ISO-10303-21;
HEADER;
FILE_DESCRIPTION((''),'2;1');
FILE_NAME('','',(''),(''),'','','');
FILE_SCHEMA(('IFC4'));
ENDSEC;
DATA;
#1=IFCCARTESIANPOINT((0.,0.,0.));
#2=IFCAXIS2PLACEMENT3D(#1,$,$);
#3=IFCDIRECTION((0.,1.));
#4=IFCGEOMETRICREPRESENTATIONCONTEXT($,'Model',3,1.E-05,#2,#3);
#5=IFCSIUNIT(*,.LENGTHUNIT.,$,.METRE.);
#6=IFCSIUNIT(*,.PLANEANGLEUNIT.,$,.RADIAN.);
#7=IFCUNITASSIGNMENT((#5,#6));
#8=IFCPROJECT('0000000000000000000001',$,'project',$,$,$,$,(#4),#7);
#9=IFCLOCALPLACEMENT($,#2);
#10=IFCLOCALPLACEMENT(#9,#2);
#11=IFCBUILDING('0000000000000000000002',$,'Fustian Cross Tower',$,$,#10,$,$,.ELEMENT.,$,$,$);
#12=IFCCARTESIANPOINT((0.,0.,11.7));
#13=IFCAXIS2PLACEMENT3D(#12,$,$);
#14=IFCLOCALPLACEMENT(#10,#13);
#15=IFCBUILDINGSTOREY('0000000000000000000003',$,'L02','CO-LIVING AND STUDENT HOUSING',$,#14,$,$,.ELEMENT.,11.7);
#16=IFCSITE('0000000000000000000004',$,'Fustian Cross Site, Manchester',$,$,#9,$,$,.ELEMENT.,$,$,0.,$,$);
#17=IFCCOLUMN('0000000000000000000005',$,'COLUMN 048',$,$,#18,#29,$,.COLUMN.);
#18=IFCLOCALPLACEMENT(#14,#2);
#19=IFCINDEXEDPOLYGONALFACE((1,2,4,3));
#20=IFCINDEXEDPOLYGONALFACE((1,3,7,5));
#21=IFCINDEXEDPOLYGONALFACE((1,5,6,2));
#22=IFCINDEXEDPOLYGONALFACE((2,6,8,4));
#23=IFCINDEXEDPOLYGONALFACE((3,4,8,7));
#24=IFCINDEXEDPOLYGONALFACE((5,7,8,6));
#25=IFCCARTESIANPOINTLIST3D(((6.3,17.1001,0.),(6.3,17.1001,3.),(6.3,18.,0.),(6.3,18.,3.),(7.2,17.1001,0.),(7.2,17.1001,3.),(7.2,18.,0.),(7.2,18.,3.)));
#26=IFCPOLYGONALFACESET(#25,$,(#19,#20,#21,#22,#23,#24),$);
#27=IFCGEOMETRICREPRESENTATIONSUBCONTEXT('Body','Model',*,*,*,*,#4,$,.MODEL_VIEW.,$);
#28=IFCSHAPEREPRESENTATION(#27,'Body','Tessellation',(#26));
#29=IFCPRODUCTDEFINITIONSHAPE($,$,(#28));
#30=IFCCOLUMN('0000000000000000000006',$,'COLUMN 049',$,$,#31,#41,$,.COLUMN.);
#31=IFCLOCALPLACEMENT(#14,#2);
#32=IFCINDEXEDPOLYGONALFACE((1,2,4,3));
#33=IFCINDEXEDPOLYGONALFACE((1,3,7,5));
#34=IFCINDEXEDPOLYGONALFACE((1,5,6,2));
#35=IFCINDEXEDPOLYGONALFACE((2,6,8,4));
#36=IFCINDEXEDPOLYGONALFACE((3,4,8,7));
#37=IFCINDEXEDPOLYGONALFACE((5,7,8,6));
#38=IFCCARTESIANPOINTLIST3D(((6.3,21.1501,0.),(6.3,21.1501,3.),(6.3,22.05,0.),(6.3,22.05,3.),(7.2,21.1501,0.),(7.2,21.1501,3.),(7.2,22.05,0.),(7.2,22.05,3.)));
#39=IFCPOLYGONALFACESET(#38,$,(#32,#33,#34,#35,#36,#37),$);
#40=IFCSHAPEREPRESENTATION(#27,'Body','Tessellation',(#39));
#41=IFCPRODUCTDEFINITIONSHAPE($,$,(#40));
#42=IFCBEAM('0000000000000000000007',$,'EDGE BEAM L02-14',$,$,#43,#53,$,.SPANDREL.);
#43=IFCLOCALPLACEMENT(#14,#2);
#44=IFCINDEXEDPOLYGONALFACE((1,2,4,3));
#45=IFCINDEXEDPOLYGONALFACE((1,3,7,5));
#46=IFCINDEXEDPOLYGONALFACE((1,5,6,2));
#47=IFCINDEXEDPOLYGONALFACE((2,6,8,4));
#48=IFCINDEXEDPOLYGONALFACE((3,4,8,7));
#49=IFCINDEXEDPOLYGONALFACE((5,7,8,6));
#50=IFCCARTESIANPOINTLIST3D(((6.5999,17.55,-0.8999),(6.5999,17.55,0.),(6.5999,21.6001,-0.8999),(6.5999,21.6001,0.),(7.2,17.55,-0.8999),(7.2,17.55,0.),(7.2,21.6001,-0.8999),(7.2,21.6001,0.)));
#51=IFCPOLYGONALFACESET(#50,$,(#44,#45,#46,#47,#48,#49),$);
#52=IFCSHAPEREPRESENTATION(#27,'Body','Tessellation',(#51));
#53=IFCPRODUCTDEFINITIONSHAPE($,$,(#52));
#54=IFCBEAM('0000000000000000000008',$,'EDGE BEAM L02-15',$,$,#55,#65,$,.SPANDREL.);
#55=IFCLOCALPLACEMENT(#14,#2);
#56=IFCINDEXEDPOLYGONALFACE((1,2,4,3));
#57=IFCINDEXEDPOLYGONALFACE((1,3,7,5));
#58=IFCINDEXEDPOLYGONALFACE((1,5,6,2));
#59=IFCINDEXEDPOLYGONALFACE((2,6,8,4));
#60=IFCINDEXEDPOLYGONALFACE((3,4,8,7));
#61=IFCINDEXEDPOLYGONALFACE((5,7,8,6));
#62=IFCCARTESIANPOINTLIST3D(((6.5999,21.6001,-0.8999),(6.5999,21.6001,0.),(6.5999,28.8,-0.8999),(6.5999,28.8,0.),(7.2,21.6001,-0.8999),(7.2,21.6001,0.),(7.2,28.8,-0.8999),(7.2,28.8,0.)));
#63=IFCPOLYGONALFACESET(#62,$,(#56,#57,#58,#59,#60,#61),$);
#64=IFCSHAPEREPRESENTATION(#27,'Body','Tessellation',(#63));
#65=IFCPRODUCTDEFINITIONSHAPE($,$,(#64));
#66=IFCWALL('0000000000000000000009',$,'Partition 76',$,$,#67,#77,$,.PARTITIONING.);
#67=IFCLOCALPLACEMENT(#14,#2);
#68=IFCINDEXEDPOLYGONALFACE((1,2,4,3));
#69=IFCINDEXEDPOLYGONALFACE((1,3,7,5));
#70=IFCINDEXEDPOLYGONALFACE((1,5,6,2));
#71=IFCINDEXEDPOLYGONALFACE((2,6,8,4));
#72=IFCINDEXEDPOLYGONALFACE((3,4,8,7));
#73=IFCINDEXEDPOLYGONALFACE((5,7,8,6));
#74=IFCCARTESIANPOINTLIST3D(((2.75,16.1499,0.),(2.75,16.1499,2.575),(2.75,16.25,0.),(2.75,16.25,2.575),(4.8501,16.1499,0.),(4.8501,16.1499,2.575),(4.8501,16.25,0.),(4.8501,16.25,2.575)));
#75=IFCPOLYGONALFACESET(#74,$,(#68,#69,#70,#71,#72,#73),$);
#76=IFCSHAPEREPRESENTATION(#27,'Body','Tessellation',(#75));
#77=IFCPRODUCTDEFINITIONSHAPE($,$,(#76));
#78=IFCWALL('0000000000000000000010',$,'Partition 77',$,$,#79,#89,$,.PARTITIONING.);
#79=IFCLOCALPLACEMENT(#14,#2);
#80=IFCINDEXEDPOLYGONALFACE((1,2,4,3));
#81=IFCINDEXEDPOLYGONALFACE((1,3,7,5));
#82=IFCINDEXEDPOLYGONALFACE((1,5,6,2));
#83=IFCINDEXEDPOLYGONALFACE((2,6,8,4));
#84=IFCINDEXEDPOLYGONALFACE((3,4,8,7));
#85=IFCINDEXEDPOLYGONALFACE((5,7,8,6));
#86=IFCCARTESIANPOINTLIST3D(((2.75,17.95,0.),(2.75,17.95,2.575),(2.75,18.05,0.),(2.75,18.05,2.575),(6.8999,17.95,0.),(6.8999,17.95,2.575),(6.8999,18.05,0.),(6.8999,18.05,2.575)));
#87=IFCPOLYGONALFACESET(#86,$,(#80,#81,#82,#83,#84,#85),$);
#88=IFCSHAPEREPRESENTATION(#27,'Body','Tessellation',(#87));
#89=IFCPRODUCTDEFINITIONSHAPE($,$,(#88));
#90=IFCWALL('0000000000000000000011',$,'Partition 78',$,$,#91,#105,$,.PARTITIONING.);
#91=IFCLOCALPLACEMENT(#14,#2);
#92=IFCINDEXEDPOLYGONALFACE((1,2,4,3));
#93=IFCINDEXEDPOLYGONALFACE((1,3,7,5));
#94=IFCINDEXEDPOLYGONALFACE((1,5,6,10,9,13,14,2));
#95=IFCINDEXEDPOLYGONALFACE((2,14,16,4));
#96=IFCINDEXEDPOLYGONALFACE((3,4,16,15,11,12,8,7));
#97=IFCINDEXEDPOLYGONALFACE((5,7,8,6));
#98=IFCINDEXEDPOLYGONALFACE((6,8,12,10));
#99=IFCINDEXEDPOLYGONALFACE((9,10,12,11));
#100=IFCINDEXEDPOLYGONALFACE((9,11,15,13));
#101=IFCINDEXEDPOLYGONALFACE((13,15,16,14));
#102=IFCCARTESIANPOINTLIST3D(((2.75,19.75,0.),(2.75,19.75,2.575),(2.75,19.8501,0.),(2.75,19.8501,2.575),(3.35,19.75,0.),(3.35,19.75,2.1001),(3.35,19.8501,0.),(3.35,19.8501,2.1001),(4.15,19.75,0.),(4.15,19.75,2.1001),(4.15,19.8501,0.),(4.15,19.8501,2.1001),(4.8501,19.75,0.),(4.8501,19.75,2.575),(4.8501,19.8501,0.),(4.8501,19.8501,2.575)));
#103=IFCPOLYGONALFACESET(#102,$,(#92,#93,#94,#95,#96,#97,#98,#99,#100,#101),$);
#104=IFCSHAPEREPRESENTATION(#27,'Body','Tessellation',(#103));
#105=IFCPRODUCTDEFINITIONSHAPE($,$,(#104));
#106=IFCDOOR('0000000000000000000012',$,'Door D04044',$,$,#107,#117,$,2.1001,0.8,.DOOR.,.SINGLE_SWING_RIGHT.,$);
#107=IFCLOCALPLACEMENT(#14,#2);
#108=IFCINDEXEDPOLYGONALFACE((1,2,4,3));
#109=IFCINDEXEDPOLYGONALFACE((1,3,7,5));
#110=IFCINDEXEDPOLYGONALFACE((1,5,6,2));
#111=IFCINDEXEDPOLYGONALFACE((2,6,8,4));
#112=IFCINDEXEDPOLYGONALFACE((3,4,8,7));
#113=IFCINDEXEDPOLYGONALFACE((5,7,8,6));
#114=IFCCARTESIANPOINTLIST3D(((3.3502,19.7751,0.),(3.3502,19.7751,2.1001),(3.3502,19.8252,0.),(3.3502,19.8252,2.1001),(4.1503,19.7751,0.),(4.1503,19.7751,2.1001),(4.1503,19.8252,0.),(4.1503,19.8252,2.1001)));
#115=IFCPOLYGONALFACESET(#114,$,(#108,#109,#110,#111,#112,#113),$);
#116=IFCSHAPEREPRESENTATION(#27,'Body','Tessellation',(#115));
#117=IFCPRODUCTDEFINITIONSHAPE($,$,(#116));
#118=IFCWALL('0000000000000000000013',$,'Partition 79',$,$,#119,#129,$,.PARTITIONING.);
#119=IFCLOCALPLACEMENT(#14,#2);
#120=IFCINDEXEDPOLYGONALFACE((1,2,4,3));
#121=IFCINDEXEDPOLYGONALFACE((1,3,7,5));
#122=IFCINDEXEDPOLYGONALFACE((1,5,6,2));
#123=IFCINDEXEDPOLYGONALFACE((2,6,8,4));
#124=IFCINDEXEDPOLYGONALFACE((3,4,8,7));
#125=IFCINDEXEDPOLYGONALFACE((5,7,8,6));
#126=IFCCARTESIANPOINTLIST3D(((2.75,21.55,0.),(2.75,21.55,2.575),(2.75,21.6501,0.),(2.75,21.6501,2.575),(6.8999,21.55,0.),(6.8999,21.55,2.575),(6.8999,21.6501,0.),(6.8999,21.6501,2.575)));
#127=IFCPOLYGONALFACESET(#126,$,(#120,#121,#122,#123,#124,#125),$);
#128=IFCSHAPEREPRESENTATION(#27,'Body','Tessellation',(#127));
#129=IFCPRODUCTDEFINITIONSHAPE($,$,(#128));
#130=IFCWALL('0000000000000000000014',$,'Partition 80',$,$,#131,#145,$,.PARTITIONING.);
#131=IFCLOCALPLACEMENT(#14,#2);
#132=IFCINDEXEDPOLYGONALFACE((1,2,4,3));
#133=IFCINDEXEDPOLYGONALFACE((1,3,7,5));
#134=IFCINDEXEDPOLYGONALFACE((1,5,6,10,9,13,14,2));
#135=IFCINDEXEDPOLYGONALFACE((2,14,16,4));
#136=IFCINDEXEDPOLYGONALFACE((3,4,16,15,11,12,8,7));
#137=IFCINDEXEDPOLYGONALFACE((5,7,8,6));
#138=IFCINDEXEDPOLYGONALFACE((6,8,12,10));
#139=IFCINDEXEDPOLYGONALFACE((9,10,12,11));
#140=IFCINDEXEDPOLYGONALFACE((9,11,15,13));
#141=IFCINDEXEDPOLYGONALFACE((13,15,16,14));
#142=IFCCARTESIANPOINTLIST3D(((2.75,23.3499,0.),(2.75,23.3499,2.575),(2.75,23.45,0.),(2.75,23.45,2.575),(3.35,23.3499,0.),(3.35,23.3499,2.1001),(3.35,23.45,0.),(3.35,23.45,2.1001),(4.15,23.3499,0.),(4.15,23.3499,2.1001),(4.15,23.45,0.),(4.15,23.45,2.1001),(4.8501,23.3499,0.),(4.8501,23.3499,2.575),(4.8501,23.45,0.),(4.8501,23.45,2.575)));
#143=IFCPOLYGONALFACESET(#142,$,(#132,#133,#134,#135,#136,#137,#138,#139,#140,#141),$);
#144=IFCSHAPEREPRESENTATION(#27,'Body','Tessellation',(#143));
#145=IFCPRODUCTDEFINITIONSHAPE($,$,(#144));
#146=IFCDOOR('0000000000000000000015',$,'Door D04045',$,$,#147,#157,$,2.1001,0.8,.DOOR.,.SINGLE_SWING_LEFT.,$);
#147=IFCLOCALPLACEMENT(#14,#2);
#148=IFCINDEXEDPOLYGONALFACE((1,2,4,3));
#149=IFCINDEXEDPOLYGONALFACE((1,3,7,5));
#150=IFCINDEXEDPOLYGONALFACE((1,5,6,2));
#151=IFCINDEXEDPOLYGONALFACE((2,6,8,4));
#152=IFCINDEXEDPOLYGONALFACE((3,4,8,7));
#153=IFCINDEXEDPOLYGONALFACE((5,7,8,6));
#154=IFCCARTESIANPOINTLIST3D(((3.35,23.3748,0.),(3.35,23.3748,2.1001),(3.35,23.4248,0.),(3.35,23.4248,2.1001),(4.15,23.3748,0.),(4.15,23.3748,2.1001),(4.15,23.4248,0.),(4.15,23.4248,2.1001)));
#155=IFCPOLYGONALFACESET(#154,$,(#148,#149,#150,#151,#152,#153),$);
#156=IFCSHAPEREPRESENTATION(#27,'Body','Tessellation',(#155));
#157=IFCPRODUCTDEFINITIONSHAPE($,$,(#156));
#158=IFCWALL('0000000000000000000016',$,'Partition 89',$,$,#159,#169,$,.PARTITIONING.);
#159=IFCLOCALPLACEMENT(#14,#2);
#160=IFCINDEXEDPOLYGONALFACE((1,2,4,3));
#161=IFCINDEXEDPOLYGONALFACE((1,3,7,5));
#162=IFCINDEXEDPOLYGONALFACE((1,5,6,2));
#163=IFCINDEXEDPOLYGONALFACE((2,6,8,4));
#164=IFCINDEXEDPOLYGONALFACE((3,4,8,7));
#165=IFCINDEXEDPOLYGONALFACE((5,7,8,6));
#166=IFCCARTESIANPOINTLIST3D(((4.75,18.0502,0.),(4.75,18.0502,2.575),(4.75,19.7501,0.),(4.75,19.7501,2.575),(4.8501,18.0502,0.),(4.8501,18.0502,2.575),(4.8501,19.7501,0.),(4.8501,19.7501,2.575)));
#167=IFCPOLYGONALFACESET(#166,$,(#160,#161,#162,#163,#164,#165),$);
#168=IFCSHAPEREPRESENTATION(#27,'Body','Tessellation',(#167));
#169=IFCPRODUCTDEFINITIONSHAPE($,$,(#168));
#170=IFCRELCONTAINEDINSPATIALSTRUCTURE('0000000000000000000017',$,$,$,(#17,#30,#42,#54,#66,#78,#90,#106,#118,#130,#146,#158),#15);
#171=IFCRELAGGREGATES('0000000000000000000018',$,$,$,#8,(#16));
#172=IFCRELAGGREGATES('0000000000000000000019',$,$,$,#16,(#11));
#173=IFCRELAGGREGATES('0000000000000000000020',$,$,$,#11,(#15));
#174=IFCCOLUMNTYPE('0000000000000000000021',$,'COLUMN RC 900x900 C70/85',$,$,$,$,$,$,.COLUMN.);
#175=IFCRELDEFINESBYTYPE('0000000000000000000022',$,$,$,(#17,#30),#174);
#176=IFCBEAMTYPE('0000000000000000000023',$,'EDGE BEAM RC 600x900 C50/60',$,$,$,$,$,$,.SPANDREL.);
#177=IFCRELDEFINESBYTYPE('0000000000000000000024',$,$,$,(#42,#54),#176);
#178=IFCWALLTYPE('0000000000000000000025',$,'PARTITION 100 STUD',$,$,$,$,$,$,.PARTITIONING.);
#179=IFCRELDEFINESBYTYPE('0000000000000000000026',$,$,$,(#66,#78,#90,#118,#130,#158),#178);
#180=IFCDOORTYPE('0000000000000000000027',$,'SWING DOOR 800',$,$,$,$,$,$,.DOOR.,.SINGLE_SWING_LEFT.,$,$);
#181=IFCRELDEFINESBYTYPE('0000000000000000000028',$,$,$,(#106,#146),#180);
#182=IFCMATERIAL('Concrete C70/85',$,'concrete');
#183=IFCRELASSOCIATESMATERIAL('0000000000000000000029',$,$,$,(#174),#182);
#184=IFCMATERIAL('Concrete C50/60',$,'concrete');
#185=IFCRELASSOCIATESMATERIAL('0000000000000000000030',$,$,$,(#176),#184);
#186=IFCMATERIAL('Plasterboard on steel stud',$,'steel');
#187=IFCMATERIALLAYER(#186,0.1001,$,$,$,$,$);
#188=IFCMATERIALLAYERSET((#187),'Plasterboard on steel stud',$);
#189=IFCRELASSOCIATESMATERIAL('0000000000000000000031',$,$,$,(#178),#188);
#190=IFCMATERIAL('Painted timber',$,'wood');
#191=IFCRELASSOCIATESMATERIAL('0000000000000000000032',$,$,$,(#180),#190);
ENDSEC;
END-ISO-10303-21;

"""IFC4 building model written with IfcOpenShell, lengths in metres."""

from ifc_helpers import new_model, si_unit, direction, frame, frame_2d, origin, origin_2d, place, context, subcontext, project, spatial, rectangle, extrude, material, layer, layer_set, material_profile, profile_set, type_object, element, fill, save


model = new_model("IFC4")

# Units and contexts
model_context = context("Model", 3, precision=1e-05, world=origin(), true_north=direction((0.0, 1.0)))
body_context = subcontext(model_context, "Body", "Model", "MODEL_VIEW")
ifc_project = project(units=[si_unit("LENGTHUNIT", "METRE"), si_unit("PLANEANGLEUNIT", "RADIAN")], contexts=[model_context])

# Site, building, storey
site_placement = place(None, origin())
site = spatial("IfcSite", under=ifc_project, at=site_placement, Name="Fustian Cross Site, Manchester", CompositionType="ELEMENT", RefElevation=0.0)
building_placement = place(site_placement, origin())
building = spatial("IfcBuilding", under=site, at=building_placement, Name="Fustian Cross Tower", CompositionType="ELEMENT")
storey_placement = place(building_placement, frame((0.0, 0.0, 11.7)))
storey = spatial("IfcBuildingStorey", under=building, at=storey_placement, Name="L02", Description="CO-LIVING AND STUDENT HOUSING", CompositionType="ELEMENT", Elevation=11.7)

# Columns
ifc_material_1 = material(Name="Concrete C70/85", Category="concrete")
ifc_material_profile_1 = material_profile(ifc_material_1, rectangle(XDim=0.8999, YDim=0.8999, at=origin_2d()), Name="RC 900x900")
ifc_profile_set_1 = profile_set([ifc_material_profile_1], Name="Concrete C70/85")
column_type = type_object("IfcColumnType", Name="COLUMN RC 900x900 C70/85", PredefinedType="COLUMN", material=ifc_profile_set_1)
for number, where, z_axis, x_axis, name in (
    (1, (6.75, 17.55, 0.0), (0.0, 0.0, 1.0), (1.0, 0.0, 0.0), "COLUMN 048"),
    (2, (6.75, 21.6001, 0.0), (0.0, 0.0, 1.0), (1.0, 0.0, 0.0), "COLUMN 049"),
):
    element("IfcColumn", number, at=place(storey_placement, frame(where, z_axis=z_axis, x_axis=x_axis)), inside=storey, type_object=column_type, Name=name, PredefinedType="COLUMN", context=body_context, shape_type="SweptSolid", body=[
        extrude(rectangle(XDim=0.8999, YDim=0.8999, at=origin_2d()), origin(), (0.0, 0.0, 1.0), 3.0),
    ])

# Beams
ifc_material_2 = material(Name="Concrete C50/60", Category="concrete")
ifc_material_profile_2 = material_profile(ifc_material_2, rectangle(XDim=0.6001, YDim=0.8999, at=origin_2d()), Name="RC 600x900")
ifc_profile_set_2 = profile_set([ifc_material_profile_2], Name="Concrete C50/60")
beam_type = type_object("IfcBeamType", Name="EDGE BEAM RC 600x900 C50/60", PredefinedType="SPANDREL", material=ifc_profile_set_2)
beam_1_placement = place(storey_placement, frame((6.8999, 17.55, -0.45), z_axis=(0.0, 1.0, 0.0), x_axis=(-1.0, 0.0, 0.0)))
element("IfcBeam", 3, at=beam_1_placement, inside=storey, type_object=beam_type, Name="EDGE BEAM L02-14", PredefinedType="SPANDREL", context=body_context, shape_type="SweptSolid", body=[
    extrude(rectangle(XDim=0.6001, YDim=0.8999, at=origin_2d()), origin(), (0.0, 0.0, 1.0), 4.05),
])
beam_2_placement = place(storey_placement, frame((6.8999, 21.6001, -0.45), z_axis=(0.0, 1.0, 0.0), x_axis=(-1.0, 0.0, 0.0)))
element("IfcBeam", 4, at=beam_2_placement, inside=storey, type_object=beam_type, Name="EDGE BEAM L02-15", PredefinedType="SPANDREL", context=body_context, shape_type="SweptSolid", body=[
    extrude(rectangle(XDim=0.6001, YDim=0.8999, at=origin_2d()), origin(), (0.0, 0.0, 1.0), 7.2),
])

# Walls
ifc_material_3 = material(Name="Plasterboard on steel stud", Category="steel")
ifc_layer_1 = layer(ifc_material_3, 0.1001)
ifc_layer_set_1 = layer_set([ifc_layer_1], Name="Plasterboard on steel stud")
wall_type_1 = type_object("IfcWallType", Name="PARTITION 100 STUD", PredefinedType="PARTITIONING", material=ifc_layer_set_1)
wall_1_placement = place(storey_placement, frame((2.75, 16.2, 0.0), z_axis=(0.0, 0.0, 1.0), x_axis=(1.0, 0.0, 0.0)))
element("IfcWall", 5, at=wall_1_placement, inside=storey, type_object=wall_type_1, Name="Partition 76", PredefinedType="PARTITIONING", context=body_context, shape_type="SweptSolid", body=[
    extrude(rectangle(XDim=2.1001, YDim=0.1001, at=frame_2d((1.05, 0.0))), origin(), (0.0, 0.0, 1.0), 2.575),
])
wall_2_placement = place(storey_placement, frame((2.75, 18.0, 0.0), z_axis=(0.0, 0.0, 1.0), x_axis=(1.0, 0.0, 0.0)))
element("IfcWall", 6, at=wall_2_placement, inside=storey, type_object=wall_type_1, Name="Partition 77", PredefinedType="PARTITIONING", context=body_context, shape_type="SweptSolid", body=[
    extrude(rectangle(XDim=4.1499, YDim=0.1001, at=frame_2d((2.075, 0.0))), origin(), (0.0, 0.0, 1.0), 2.575),
])

# Wall, opening, door
wall_3_placement = place(storey_placement, frame((2.75, 19.8, 0.0), z_axis=(0.0, 0.0, 1.0), x_axis=(1.0, 0.0, 0.0)))
wall_3 = element("IfcWall", 7, at=wall_3_placement, inside=storey, type_object=wall_type_1, Name="Partition 78", PredefinedType="PARTITIONING", context=body_context, shape_type="SweptSolid", body=[
    extrude(rectangle(XDim=2.1001, YDim=0.1001, at=frame_2d((1.05, 0.0))), origin(), (0.0, 0.0, 1.0), 2.575),
])
opening_1_placement = place(wall_3_placement, frame((0.6001, 0.0, 0.0)))
opening_1 = element("IfcOpeningElement", 8, at=opening_1_placement, cuts=wall_3, PredefinedType="OPENING", context=body_context, shape_type="SweptSolid", body=[
    extrude(rectangle(XDim=0.8, YDim=2.1001, at=frame_2d((0.3999, 1.05))), frame((0.0, 0.0601, 0.0), z_axis=(0.0, -1.0, 0.0), x_axis=(1.0, 0.0, 0.0)), (0.0, 0.0, 1.0), 0.1201),
])
ifc_material_4 = material(Name="Painted timber", Category="wood")
door_type = type_object("IfcDoorType", Name="SWING DOOR 800", OperationType="SINGLE_SWING_LEFT", PredefinedType="DOOR", material=ifc_material_4)
door_1_placement = place(opening_1_placement, frame((0.8, 0.0, 0.0), z_axis=(0.0, 0.0, 1.0), x_axis=(-1.0, 0.0, 0.0)))
door_1 = element("IfcDoor", 9, at=door_1_placement, inside=storey, type_object=door_type, Name="Door D04044", OperationType="SINGLE_SWING_RIGHT", OverallHeight=2.1001, OverallWidth=0.8, PredefinedType="DOOR", context=body_context, shape_type="SweptSolid", body=[
    extrude(rectangle(XDim=0.8, YDim=2.1001, at=frame_2d((0.3999, 1.05))), frame((0.0, 0.0249, 0.0), z_axis=(0.0, -1.0, 0.0), x_axis=(1.0, 0.0, 0.0)), (0.0, 0.0, 1.0), 0.05),
])
fill(opening_1, door_1)

# Wall
wall_4_placement = place(storey_placement, frame((2.75, 21.6001, 0.0), z_axis=(0.0, 0.0, 1.0), x_axis=(1.0, 0.0, 0.0)))
element("IfcWall", 10, at=wall_4_placement, inside=storey, type_object=wall_type_1, Name="Partition 79", PredefinedType="PARTITIONING", context=body_context, shape_type="SweptSolid", body=[
    extrude(rectangle(XDim=4.1499, YDim=0.1001, at=frame_2d((2.075, 0.0))), origin(), (0.0, 0.0, 1.0), 2.575),
])

# Wall, opening, door
wall_5_placement = place(storey_placement, frame((2.75, 23.3999, 0.0), z_axis=(0.0, 0.0, 1.0), x_axis=(1.0, 0.0, 0.0)))
wall_5 = element("IfcWall", 11, at=wall_5_placement, inside=storey, type_object=wall_type_1, Name="Partition 80", PredefinedType="PARTITIONING", context=body_context, shape_type="SweptSolid", body=[
    extrude(rectangle(XDim=2.1001, YDim=0.1001, at=frame_2d((1.05, 0.0))), origin(), (0.0, 0.0, 1.0), 2.575),
])
opening_2_placement = place(wall_5_placement, frame((0.6001, 0.0, 0.0)))
opening_2 = element("IfcOpeningElement", 12, at=opening_2_placement, cuts=wall_5, PredefinedType="OPENING", context=body_context, shape_type="SweptSolid", body=[
    extrude(rectangle(XDim=0.8, YDim=2.1001, at=frame_2d((0.3999, 1.05))), frame((0.0, 0.0601, 0.0), z_axis=(0.0, -1.0, 0.0), x_axis=(1.0, 0.0, 0.0)), (0.0, 0.0, 1.0), 0.1201),
])
door_2_placement = place(opening_2_placement, origin())
door_2 = element("IfcDoor", 13, at=door_2_placement, inside=storey, type_object=door_type, Name="Door D04045", OperationType="SINGLE_SWING_LEFT", OverallHeight=2.1001, OverallWidth=0.8, PredefinedType="DOOR", context=body_context, shape_type="SweptSolid", body=[
    extrude(rectangle(XDim=0.8, YDim=2.1001, at=frame_2d((0.3999, 1.05))), frame((0.0, 0.0249, 0.0), z_axis=(0.0, -1.0, 0.0), x_axis=(1.0, 0.0, 0.0)), (0.0, 0.0, 1.0), 0.05),
])
fill(opening_2, door_2)

# Wall
wall_6_placement = place(storey_placement, frame((4.8, 18.05, 0.0), z_axis=(0.0, 0.0, 1.0), x_axis=(0.0, 1.0, 0.0)))
element("IfcWall", 14, at=wall_6_placement, inside=storey, type_object=wall_type_1, Name="Partition 89", PredefinedType="PARTITIONING", context=body_context, shape_type="SweptSolid", body=[
    extrude(rectangle(XDim=1.7, YDim=0.1001, at=frame_2d((0.8501, 0.0))), origin(), (0.0, 0.0, 1.0), 2.575),
])

save(model, "model.ifc")
